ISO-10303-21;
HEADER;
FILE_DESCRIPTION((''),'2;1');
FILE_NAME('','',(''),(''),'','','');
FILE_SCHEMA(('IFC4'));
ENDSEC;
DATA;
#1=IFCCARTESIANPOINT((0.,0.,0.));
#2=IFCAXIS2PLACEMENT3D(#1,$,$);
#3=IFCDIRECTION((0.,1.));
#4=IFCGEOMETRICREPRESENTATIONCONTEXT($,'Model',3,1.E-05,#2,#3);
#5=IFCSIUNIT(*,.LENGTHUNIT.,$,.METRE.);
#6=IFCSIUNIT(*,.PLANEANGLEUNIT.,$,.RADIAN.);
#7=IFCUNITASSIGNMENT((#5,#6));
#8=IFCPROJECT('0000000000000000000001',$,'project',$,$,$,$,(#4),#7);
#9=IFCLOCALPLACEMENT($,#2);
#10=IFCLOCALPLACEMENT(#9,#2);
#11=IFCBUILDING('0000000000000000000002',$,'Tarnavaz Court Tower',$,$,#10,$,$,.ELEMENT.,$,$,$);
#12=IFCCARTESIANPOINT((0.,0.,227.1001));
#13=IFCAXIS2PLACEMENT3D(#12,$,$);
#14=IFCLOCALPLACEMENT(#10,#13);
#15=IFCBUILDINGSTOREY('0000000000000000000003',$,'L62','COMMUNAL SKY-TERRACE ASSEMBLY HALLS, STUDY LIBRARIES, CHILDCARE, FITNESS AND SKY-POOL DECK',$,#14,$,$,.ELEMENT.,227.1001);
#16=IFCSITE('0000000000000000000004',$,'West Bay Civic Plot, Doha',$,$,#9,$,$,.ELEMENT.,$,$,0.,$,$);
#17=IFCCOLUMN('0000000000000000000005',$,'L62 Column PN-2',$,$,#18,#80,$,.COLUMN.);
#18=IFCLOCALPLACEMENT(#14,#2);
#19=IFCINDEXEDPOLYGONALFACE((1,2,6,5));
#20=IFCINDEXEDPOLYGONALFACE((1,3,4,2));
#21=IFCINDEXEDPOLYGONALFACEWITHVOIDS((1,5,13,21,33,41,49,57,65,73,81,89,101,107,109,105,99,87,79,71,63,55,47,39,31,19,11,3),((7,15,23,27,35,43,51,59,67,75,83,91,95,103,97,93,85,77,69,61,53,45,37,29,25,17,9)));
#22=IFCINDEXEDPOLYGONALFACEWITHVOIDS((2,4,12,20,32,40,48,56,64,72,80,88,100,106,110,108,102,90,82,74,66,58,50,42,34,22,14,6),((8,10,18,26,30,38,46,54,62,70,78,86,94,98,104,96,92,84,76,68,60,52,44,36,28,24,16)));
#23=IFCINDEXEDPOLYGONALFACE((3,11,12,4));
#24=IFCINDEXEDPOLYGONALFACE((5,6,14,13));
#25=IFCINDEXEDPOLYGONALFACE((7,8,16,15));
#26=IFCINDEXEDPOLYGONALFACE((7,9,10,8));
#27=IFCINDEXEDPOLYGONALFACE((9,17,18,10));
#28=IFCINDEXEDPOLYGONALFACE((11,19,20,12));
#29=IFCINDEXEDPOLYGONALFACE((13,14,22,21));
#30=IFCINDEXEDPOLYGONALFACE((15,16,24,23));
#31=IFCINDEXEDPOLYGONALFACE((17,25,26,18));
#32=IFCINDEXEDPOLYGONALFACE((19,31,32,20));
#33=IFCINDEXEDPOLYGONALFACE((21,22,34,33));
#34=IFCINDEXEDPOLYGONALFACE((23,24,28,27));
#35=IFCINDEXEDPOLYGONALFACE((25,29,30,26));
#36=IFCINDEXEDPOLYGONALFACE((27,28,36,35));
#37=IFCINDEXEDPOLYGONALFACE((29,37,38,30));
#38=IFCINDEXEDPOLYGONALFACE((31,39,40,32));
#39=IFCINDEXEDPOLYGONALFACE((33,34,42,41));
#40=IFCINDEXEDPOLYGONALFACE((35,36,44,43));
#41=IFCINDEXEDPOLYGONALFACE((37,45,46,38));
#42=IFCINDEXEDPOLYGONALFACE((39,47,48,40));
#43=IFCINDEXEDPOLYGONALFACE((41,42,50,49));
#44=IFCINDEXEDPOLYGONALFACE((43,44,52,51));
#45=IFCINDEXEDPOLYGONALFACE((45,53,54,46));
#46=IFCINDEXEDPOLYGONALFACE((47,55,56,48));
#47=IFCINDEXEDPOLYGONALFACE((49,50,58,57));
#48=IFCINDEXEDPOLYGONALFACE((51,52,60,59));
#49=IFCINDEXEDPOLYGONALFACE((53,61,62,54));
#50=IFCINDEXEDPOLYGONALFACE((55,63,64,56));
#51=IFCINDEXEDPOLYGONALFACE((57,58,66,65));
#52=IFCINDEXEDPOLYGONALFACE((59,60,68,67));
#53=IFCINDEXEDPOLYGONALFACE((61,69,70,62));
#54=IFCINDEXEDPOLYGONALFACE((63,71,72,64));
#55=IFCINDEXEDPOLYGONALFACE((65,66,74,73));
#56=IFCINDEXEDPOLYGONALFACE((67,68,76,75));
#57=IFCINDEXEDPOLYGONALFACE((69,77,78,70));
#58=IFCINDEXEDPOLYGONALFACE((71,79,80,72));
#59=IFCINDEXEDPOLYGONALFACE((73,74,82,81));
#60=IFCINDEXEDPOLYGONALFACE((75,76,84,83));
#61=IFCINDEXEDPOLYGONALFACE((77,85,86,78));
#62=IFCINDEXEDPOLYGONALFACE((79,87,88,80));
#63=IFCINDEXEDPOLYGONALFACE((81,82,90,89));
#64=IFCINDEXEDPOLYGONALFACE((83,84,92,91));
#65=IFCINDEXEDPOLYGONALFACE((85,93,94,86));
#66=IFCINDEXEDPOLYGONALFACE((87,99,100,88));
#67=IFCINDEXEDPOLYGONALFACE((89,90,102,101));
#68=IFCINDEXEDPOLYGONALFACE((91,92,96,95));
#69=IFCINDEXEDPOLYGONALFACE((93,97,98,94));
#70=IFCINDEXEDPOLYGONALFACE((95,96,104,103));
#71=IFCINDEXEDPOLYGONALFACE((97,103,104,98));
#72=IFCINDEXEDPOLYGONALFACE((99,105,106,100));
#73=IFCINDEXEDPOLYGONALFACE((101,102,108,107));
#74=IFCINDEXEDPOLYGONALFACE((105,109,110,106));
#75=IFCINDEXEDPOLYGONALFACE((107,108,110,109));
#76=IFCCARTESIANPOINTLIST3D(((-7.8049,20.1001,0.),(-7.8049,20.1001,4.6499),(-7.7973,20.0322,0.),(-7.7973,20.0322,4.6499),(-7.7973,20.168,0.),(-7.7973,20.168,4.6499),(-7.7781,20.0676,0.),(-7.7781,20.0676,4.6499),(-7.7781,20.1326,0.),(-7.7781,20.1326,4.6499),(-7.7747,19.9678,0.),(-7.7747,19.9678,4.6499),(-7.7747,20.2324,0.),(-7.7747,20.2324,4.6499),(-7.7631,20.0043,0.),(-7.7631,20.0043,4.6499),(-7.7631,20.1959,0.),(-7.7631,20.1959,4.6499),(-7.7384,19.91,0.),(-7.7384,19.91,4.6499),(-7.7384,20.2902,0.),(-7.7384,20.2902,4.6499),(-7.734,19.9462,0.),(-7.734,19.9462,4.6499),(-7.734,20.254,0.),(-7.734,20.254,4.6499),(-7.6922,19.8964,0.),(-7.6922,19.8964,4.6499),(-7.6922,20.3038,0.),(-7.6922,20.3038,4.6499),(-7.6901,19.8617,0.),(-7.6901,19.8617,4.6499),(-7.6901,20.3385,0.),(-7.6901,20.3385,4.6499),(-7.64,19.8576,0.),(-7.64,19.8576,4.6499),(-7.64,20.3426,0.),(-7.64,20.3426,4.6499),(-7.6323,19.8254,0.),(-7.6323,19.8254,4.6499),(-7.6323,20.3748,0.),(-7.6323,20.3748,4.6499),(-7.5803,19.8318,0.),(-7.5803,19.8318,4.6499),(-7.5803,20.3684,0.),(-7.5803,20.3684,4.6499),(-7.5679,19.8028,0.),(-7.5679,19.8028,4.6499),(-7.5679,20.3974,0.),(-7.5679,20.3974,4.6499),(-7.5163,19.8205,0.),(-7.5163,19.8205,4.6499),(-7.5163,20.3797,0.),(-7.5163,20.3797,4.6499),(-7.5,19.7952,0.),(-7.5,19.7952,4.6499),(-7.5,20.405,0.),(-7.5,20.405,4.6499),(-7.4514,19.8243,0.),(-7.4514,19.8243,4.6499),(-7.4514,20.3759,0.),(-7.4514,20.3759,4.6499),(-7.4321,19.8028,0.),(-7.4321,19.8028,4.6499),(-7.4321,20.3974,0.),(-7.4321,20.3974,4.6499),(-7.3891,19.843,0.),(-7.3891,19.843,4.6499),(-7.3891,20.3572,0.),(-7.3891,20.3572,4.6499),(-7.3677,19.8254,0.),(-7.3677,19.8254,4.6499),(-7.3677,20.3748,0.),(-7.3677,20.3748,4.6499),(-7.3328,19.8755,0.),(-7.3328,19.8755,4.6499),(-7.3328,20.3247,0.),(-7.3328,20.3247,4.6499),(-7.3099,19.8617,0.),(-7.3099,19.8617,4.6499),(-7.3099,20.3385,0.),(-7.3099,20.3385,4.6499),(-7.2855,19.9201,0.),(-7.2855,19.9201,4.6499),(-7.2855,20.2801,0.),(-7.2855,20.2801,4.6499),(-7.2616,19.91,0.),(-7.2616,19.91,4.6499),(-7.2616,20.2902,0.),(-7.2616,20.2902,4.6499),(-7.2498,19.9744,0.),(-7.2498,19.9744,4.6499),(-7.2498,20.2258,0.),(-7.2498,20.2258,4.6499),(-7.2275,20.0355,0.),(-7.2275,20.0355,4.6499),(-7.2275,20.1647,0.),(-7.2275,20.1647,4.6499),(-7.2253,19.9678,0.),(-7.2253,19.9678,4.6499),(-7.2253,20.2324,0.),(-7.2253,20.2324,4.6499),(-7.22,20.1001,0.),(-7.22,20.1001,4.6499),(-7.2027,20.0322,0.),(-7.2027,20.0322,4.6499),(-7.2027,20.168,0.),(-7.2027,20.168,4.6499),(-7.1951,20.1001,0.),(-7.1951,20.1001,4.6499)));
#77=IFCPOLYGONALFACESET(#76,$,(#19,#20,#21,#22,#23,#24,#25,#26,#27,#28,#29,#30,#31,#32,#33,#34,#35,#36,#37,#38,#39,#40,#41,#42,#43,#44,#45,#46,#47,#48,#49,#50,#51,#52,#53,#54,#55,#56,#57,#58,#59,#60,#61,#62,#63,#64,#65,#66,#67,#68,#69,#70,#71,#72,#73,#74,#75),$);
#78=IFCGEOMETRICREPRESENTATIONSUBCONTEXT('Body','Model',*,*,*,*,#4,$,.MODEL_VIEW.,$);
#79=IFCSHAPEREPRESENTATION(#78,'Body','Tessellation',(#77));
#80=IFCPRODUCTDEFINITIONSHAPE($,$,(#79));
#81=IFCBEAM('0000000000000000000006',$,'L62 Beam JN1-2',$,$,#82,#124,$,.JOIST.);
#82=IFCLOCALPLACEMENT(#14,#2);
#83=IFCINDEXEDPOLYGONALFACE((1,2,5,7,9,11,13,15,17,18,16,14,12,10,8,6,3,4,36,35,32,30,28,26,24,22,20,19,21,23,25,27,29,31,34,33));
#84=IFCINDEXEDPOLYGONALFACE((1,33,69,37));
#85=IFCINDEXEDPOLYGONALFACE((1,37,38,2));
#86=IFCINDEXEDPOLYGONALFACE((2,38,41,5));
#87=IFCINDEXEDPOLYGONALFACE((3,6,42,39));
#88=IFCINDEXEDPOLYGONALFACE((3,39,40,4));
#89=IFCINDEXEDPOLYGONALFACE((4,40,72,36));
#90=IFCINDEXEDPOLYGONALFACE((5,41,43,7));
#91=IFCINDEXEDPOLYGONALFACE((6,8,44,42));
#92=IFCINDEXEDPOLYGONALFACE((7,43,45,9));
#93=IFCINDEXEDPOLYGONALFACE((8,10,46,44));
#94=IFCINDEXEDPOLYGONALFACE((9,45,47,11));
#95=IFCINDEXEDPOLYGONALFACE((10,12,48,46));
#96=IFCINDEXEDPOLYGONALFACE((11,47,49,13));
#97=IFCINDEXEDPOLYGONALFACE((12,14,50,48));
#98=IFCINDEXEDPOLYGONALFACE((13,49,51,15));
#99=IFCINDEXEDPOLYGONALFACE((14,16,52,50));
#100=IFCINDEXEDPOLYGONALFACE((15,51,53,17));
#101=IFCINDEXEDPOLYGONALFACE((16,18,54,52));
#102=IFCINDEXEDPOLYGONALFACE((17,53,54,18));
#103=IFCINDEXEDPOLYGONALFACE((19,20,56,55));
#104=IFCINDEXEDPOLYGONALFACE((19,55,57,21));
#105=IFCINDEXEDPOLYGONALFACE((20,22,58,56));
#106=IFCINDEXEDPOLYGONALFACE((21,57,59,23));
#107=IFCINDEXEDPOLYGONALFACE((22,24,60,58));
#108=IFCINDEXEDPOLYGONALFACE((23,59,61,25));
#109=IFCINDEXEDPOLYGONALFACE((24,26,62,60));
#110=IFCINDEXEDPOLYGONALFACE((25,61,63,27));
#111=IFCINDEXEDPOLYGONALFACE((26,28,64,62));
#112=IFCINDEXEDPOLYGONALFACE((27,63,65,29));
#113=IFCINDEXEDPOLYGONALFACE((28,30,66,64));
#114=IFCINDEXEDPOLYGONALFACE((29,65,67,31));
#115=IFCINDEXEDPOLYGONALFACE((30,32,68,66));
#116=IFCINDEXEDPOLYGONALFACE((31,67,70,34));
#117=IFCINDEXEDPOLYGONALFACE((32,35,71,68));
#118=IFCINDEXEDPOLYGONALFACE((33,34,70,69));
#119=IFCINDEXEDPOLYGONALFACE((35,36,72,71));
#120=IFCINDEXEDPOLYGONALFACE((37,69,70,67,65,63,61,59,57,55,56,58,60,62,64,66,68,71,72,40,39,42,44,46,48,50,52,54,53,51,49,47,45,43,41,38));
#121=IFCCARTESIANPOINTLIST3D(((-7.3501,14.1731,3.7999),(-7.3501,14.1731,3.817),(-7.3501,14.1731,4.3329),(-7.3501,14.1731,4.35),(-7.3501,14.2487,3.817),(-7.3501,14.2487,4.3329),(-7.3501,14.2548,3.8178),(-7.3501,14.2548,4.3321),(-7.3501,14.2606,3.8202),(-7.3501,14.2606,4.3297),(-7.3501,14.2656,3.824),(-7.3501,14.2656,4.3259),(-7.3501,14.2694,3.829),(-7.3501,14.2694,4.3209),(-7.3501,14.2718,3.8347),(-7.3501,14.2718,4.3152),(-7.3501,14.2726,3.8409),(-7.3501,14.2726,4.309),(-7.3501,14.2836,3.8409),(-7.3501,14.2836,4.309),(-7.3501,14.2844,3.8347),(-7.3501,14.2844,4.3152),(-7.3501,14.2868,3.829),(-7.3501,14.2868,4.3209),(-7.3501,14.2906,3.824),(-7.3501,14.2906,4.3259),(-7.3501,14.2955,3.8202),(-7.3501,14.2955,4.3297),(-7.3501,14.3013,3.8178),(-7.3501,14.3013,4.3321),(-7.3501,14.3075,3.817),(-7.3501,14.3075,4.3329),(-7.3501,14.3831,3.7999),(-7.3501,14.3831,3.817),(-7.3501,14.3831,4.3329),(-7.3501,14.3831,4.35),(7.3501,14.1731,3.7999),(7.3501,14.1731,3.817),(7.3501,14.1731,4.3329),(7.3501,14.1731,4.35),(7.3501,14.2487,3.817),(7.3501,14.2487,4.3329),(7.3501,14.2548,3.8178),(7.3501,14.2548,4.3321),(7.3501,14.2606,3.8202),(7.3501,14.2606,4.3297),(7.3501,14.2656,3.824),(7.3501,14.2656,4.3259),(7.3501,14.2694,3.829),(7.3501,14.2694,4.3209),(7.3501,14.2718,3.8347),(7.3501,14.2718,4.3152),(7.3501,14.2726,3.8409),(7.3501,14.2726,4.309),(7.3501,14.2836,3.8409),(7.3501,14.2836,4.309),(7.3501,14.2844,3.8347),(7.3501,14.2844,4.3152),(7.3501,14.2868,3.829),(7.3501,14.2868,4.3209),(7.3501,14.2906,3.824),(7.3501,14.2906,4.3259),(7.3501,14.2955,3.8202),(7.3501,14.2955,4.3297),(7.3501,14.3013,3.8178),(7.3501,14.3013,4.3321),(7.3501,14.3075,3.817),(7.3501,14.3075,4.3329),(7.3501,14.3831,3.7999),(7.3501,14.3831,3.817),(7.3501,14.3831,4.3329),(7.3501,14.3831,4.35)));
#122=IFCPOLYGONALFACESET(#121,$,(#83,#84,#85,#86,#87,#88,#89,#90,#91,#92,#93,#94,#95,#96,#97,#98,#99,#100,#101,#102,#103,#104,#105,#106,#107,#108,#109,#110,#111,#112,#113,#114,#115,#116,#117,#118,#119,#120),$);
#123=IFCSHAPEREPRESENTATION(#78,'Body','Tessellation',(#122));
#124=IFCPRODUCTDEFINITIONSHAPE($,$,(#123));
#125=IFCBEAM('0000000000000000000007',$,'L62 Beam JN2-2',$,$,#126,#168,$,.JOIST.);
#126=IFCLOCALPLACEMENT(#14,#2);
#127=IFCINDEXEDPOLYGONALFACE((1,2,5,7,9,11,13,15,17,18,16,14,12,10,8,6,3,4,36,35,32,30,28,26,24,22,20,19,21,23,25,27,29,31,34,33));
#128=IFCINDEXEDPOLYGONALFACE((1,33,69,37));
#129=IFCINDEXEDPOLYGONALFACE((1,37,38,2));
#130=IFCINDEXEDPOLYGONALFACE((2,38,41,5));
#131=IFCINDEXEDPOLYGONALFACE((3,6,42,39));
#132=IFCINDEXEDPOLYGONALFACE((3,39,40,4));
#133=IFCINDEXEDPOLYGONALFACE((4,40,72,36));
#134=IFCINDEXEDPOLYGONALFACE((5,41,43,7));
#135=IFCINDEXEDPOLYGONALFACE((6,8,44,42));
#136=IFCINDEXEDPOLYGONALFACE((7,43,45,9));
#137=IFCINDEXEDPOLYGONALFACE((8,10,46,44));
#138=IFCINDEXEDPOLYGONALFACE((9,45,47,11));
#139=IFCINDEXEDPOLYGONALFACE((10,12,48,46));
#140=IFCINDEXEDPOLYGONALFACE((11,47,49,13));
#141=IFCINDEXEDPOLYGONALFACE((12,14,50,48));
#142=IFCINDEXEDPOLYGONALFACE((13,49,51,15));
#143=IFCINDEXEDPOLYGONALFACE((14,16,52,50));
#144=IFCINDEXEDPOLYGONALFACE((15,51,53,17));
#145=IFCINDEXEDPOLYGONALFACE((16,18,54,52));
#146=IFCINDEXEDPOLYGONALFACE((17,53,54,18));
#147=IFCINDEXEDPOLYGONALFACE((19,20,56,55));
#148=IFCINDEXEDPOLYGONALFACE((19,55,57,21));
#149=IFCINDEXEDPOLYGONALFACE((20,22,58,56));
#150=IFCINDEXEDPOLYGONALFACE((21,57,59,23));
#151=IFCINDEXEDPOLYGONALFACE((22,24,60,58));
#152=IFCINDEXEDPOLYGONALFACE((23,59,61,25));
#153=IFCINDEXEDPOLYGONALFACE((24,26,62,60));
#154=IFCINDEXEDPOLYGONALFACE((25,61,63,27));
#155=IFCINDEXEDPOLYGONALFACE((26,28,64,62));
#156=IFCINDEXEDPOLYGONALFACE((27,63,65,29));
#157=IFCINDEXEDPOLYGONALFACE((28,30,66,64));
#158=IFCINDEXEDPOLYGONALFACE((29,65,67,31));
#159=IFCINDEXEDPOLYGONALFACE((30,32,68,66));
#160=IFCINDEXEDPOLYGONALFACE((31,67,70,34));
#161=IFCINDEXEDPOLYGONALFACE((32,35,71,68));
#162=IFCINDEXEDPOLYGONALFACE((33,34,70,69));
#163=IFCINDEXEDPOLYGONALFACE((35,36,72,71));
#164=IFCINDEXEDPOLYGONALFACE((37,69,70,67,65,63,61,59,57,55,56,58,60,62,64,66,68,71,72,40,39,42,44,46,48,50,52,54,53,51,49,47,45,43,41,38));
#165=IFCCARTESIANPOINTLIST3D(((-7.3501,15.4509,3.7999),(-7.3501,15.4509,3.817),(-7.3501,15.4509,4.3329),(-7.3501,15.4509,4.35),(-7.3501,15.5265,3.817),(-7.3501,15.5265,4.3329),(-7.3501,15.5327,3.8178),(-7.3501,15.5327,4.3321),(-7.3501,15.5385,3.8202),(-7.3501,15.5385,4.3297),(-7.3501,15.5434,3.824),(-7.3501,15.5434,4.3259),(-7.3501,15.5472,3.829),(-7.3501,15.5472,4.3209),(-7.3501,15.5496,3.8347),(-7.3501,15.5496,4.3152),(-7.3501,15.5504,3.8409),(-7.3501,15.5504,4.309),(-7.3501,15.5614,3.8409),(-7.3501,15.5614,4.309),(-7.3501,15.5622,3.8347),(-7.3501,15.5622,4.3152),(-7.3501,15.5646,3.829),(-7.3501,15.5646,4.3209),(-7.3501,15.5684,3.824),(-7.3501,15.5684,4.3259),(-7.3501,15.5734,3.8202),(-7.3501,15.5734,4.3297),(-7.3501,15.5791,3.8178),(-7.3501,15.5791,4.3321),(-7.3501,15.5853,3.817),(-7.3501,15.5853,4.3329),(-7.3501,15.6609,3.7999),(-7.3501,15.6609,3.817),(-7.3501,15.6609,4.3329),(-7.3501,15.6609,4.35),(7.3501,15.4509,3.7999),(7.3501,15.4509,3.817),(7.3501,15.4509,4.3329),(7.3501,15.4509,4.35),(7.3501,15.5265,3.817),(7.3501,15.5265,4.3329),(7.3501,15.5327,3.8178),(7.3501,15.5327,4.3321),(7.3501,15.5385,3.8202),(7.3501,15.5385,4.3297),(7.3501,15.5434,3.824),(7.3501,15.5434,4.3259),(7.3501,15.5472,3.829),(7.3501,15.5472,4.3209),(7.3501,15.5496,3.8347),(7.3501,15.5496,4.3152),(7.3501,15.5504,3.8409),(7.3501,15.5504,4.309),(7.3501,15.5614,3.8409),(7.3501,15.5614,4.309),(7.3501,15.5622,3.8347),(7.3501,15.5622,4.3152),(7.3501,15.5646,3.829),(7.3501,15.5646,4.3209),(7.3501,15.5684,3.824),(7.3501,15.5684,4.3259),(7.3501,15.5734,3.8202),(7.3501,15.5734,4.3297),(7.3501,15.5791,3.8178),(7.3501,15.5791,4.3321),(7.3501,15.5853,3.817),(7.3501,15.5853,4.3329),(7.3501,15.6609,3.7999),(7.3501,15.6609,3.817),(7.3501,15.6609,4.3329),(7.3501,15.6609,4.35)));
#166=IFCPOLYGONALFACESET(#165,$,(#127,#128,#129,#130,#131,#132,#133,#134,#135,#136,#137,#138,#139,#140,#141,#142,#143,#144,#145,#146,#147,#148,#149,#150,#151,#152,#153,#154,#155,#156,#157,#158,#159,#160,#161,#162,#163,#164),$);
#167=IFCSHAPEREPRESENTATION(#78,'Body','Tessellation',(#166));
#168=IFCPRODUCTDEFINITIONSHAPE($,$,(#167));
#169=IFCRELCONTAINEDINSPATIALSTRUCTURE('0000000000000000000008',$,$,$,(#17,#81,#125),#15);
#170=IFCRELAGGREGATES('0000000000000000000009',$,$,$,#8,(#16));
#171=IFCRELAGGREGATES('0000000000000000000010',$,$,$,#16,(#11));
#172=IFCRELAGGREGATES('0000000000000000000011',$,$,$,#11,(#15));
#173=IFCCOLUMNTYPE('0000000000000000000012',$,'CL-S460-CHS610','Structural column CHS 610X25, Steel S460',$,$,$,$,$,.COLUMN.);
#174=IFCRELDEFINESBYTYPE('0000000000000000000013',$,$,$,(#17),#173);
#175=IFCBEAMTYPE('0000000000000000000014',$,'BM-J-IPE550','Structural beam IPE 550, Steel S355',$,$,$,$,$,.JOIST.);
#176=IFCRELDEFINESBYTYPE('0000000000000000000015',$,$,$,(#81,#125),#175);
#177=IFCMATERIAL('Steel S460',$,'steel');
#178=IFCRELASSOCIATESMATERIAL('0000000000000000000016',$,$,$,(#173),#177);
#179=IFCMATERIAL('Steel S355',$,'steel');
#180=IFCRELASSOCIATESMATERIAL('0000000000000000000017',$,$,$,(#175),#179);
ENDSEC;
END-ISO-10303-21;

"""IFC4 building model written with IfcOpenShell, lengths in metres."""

from ifc_helpers import new_model, si_unit, direction, frame, origin, origin_2d, place, context, subcontext, project, spatial, hollow_circle, i_section, extrude, material, material_profile, profile_set, type_object, element, save


model = new_model("IFC4")

# Units and contexts
model_context = context("Model", 3, precision=1e-05, world=origin(), true_north=direction((0.0, 1.0)))
body_context = subcontext(model_context, "Body", "Model", "MODEL_VIEW")
ifc_project = project(units=[si_unit("LENGTHUNIT", "METRE"), si_unit("PLANEANGLEUNIT", "RADIAN")], contexts=[model_context])

# Site, building, storey
site_placement = place(None, origin())
site = spatial("IfcSite", under=ifc_project, at=site_placement, Name="West Bay Civic Plot, Doha", CompositionType="ELEMENT", RefElevation=0.0)
building_placement = place(site_placement, origin())
building = spatial("IfcBuilding", under=site, at=building_placement, Name="Tarnavaz Court Tower", CompositionType="ELEMENT")
storey_placement = place(building_placement, frame((0.0, 0.0, 227.1001)))
storey = spatial("IfcBuildingStorey", under=building, at=storey_placement, Name="L62", Description="COMMUNAL SKY-TERRACE ASSEMBLY HALLS, STUDY LIBRARIES, CHILDCARE, FITNESS AND SKY-POOL DECK", CompositionType="ELEMENT", Elevation=227.1001)

# Column
ifc_material_1 = material(Name="Steel S460", Category="steel")
ifc_material_profile_1 = material_profile(ifc_material_1, hollow_circle(Radius=0.3049, WallThickness=0.0249, at=origin_2d()), Name="CHS 610X25")
ifc_profile_set_1 = profile_set([ifc_material_profile_1], Name="Steel S460")
column_type = type_object("IfcColumnType", Name="CL-S460-CHS610", Description="Structural column CHS 610X25, Steel S460", PredefinedType="COLUMN", material=ifc_profile_set_1)
column_placement = place(storey_placement, frame((-7.5, 20.1001, 0.0), z_axis=(0.0, 0.0, 1.0), x_axis=(1.0, 0.0, 0.0)))
element("IfcColumn", 1, at=column_placement, inside=storey, type_object=column_type, Name="L62 Column PN-2", PredefinedType="COLUMN", context=body_context, shape_type="SweptSolid", body=[
    extrude(hollow_circle(Radius=0.3049, WallThickness=0.0249, at=origin_2d()), origin(), (0.0, 0.0, 1.0), 4.6499),
])

# Beams
ifc_material_2 = material(Name="Steel S355", Category="steel")
ifc_material_profile_2 = material_profile(ifc_material_2, i_section(OverallWidth=0.21, OverallDepth=0.55, WebThickness=0.011, FlangeThickness=0.0171, FilletRadius=0.0239, at=origin_2d()), Name="IPE 550")
ifc_profile_set_2 = profile_set([ifc_material_profile_2], Name="Steel S355")
beam_type_1 = type_object("IfcBeamType", Name="BM-J-IPE550", Description="Structural beam IPE 550, Steel S355", PredefinedType="JOIST", material=ifc_profile_set_2)
for number, where, z_axis, x_axis, name in (
    (2, (-7.3501, 14.2781, 4.075), (1.0, 0.0, 0.0), (0.0, 1.0, 0.0), "L62 Beam JN1-2"),
    (3, (-7.3501, 15.5559, 4.075), (1.0, 0.0, 0.0), (0.0, 1.0, 0.0), "L62 Beam JN2-2"),
):
    element("IfcBeam", number, at=place(storey_placement, frame(where, z_axis=z_axis, x_axis=x_axis)), inside=storey, type_object=beam_type_1, Name=name, PredefinedType="JOIST", context=body_context, shape_type="SweptSolid", body=[
        extrude(i_section(OverallWidth=0.21, OverallDepth=0.55, WebThickness=0.011, FlangeThickness=0.0171, FilletRadius=0.0239, at=origin_2d()), origin(), (0.0, 0.0, 1.0), 14.7002),
    ])

save(model, "model.ifc")
